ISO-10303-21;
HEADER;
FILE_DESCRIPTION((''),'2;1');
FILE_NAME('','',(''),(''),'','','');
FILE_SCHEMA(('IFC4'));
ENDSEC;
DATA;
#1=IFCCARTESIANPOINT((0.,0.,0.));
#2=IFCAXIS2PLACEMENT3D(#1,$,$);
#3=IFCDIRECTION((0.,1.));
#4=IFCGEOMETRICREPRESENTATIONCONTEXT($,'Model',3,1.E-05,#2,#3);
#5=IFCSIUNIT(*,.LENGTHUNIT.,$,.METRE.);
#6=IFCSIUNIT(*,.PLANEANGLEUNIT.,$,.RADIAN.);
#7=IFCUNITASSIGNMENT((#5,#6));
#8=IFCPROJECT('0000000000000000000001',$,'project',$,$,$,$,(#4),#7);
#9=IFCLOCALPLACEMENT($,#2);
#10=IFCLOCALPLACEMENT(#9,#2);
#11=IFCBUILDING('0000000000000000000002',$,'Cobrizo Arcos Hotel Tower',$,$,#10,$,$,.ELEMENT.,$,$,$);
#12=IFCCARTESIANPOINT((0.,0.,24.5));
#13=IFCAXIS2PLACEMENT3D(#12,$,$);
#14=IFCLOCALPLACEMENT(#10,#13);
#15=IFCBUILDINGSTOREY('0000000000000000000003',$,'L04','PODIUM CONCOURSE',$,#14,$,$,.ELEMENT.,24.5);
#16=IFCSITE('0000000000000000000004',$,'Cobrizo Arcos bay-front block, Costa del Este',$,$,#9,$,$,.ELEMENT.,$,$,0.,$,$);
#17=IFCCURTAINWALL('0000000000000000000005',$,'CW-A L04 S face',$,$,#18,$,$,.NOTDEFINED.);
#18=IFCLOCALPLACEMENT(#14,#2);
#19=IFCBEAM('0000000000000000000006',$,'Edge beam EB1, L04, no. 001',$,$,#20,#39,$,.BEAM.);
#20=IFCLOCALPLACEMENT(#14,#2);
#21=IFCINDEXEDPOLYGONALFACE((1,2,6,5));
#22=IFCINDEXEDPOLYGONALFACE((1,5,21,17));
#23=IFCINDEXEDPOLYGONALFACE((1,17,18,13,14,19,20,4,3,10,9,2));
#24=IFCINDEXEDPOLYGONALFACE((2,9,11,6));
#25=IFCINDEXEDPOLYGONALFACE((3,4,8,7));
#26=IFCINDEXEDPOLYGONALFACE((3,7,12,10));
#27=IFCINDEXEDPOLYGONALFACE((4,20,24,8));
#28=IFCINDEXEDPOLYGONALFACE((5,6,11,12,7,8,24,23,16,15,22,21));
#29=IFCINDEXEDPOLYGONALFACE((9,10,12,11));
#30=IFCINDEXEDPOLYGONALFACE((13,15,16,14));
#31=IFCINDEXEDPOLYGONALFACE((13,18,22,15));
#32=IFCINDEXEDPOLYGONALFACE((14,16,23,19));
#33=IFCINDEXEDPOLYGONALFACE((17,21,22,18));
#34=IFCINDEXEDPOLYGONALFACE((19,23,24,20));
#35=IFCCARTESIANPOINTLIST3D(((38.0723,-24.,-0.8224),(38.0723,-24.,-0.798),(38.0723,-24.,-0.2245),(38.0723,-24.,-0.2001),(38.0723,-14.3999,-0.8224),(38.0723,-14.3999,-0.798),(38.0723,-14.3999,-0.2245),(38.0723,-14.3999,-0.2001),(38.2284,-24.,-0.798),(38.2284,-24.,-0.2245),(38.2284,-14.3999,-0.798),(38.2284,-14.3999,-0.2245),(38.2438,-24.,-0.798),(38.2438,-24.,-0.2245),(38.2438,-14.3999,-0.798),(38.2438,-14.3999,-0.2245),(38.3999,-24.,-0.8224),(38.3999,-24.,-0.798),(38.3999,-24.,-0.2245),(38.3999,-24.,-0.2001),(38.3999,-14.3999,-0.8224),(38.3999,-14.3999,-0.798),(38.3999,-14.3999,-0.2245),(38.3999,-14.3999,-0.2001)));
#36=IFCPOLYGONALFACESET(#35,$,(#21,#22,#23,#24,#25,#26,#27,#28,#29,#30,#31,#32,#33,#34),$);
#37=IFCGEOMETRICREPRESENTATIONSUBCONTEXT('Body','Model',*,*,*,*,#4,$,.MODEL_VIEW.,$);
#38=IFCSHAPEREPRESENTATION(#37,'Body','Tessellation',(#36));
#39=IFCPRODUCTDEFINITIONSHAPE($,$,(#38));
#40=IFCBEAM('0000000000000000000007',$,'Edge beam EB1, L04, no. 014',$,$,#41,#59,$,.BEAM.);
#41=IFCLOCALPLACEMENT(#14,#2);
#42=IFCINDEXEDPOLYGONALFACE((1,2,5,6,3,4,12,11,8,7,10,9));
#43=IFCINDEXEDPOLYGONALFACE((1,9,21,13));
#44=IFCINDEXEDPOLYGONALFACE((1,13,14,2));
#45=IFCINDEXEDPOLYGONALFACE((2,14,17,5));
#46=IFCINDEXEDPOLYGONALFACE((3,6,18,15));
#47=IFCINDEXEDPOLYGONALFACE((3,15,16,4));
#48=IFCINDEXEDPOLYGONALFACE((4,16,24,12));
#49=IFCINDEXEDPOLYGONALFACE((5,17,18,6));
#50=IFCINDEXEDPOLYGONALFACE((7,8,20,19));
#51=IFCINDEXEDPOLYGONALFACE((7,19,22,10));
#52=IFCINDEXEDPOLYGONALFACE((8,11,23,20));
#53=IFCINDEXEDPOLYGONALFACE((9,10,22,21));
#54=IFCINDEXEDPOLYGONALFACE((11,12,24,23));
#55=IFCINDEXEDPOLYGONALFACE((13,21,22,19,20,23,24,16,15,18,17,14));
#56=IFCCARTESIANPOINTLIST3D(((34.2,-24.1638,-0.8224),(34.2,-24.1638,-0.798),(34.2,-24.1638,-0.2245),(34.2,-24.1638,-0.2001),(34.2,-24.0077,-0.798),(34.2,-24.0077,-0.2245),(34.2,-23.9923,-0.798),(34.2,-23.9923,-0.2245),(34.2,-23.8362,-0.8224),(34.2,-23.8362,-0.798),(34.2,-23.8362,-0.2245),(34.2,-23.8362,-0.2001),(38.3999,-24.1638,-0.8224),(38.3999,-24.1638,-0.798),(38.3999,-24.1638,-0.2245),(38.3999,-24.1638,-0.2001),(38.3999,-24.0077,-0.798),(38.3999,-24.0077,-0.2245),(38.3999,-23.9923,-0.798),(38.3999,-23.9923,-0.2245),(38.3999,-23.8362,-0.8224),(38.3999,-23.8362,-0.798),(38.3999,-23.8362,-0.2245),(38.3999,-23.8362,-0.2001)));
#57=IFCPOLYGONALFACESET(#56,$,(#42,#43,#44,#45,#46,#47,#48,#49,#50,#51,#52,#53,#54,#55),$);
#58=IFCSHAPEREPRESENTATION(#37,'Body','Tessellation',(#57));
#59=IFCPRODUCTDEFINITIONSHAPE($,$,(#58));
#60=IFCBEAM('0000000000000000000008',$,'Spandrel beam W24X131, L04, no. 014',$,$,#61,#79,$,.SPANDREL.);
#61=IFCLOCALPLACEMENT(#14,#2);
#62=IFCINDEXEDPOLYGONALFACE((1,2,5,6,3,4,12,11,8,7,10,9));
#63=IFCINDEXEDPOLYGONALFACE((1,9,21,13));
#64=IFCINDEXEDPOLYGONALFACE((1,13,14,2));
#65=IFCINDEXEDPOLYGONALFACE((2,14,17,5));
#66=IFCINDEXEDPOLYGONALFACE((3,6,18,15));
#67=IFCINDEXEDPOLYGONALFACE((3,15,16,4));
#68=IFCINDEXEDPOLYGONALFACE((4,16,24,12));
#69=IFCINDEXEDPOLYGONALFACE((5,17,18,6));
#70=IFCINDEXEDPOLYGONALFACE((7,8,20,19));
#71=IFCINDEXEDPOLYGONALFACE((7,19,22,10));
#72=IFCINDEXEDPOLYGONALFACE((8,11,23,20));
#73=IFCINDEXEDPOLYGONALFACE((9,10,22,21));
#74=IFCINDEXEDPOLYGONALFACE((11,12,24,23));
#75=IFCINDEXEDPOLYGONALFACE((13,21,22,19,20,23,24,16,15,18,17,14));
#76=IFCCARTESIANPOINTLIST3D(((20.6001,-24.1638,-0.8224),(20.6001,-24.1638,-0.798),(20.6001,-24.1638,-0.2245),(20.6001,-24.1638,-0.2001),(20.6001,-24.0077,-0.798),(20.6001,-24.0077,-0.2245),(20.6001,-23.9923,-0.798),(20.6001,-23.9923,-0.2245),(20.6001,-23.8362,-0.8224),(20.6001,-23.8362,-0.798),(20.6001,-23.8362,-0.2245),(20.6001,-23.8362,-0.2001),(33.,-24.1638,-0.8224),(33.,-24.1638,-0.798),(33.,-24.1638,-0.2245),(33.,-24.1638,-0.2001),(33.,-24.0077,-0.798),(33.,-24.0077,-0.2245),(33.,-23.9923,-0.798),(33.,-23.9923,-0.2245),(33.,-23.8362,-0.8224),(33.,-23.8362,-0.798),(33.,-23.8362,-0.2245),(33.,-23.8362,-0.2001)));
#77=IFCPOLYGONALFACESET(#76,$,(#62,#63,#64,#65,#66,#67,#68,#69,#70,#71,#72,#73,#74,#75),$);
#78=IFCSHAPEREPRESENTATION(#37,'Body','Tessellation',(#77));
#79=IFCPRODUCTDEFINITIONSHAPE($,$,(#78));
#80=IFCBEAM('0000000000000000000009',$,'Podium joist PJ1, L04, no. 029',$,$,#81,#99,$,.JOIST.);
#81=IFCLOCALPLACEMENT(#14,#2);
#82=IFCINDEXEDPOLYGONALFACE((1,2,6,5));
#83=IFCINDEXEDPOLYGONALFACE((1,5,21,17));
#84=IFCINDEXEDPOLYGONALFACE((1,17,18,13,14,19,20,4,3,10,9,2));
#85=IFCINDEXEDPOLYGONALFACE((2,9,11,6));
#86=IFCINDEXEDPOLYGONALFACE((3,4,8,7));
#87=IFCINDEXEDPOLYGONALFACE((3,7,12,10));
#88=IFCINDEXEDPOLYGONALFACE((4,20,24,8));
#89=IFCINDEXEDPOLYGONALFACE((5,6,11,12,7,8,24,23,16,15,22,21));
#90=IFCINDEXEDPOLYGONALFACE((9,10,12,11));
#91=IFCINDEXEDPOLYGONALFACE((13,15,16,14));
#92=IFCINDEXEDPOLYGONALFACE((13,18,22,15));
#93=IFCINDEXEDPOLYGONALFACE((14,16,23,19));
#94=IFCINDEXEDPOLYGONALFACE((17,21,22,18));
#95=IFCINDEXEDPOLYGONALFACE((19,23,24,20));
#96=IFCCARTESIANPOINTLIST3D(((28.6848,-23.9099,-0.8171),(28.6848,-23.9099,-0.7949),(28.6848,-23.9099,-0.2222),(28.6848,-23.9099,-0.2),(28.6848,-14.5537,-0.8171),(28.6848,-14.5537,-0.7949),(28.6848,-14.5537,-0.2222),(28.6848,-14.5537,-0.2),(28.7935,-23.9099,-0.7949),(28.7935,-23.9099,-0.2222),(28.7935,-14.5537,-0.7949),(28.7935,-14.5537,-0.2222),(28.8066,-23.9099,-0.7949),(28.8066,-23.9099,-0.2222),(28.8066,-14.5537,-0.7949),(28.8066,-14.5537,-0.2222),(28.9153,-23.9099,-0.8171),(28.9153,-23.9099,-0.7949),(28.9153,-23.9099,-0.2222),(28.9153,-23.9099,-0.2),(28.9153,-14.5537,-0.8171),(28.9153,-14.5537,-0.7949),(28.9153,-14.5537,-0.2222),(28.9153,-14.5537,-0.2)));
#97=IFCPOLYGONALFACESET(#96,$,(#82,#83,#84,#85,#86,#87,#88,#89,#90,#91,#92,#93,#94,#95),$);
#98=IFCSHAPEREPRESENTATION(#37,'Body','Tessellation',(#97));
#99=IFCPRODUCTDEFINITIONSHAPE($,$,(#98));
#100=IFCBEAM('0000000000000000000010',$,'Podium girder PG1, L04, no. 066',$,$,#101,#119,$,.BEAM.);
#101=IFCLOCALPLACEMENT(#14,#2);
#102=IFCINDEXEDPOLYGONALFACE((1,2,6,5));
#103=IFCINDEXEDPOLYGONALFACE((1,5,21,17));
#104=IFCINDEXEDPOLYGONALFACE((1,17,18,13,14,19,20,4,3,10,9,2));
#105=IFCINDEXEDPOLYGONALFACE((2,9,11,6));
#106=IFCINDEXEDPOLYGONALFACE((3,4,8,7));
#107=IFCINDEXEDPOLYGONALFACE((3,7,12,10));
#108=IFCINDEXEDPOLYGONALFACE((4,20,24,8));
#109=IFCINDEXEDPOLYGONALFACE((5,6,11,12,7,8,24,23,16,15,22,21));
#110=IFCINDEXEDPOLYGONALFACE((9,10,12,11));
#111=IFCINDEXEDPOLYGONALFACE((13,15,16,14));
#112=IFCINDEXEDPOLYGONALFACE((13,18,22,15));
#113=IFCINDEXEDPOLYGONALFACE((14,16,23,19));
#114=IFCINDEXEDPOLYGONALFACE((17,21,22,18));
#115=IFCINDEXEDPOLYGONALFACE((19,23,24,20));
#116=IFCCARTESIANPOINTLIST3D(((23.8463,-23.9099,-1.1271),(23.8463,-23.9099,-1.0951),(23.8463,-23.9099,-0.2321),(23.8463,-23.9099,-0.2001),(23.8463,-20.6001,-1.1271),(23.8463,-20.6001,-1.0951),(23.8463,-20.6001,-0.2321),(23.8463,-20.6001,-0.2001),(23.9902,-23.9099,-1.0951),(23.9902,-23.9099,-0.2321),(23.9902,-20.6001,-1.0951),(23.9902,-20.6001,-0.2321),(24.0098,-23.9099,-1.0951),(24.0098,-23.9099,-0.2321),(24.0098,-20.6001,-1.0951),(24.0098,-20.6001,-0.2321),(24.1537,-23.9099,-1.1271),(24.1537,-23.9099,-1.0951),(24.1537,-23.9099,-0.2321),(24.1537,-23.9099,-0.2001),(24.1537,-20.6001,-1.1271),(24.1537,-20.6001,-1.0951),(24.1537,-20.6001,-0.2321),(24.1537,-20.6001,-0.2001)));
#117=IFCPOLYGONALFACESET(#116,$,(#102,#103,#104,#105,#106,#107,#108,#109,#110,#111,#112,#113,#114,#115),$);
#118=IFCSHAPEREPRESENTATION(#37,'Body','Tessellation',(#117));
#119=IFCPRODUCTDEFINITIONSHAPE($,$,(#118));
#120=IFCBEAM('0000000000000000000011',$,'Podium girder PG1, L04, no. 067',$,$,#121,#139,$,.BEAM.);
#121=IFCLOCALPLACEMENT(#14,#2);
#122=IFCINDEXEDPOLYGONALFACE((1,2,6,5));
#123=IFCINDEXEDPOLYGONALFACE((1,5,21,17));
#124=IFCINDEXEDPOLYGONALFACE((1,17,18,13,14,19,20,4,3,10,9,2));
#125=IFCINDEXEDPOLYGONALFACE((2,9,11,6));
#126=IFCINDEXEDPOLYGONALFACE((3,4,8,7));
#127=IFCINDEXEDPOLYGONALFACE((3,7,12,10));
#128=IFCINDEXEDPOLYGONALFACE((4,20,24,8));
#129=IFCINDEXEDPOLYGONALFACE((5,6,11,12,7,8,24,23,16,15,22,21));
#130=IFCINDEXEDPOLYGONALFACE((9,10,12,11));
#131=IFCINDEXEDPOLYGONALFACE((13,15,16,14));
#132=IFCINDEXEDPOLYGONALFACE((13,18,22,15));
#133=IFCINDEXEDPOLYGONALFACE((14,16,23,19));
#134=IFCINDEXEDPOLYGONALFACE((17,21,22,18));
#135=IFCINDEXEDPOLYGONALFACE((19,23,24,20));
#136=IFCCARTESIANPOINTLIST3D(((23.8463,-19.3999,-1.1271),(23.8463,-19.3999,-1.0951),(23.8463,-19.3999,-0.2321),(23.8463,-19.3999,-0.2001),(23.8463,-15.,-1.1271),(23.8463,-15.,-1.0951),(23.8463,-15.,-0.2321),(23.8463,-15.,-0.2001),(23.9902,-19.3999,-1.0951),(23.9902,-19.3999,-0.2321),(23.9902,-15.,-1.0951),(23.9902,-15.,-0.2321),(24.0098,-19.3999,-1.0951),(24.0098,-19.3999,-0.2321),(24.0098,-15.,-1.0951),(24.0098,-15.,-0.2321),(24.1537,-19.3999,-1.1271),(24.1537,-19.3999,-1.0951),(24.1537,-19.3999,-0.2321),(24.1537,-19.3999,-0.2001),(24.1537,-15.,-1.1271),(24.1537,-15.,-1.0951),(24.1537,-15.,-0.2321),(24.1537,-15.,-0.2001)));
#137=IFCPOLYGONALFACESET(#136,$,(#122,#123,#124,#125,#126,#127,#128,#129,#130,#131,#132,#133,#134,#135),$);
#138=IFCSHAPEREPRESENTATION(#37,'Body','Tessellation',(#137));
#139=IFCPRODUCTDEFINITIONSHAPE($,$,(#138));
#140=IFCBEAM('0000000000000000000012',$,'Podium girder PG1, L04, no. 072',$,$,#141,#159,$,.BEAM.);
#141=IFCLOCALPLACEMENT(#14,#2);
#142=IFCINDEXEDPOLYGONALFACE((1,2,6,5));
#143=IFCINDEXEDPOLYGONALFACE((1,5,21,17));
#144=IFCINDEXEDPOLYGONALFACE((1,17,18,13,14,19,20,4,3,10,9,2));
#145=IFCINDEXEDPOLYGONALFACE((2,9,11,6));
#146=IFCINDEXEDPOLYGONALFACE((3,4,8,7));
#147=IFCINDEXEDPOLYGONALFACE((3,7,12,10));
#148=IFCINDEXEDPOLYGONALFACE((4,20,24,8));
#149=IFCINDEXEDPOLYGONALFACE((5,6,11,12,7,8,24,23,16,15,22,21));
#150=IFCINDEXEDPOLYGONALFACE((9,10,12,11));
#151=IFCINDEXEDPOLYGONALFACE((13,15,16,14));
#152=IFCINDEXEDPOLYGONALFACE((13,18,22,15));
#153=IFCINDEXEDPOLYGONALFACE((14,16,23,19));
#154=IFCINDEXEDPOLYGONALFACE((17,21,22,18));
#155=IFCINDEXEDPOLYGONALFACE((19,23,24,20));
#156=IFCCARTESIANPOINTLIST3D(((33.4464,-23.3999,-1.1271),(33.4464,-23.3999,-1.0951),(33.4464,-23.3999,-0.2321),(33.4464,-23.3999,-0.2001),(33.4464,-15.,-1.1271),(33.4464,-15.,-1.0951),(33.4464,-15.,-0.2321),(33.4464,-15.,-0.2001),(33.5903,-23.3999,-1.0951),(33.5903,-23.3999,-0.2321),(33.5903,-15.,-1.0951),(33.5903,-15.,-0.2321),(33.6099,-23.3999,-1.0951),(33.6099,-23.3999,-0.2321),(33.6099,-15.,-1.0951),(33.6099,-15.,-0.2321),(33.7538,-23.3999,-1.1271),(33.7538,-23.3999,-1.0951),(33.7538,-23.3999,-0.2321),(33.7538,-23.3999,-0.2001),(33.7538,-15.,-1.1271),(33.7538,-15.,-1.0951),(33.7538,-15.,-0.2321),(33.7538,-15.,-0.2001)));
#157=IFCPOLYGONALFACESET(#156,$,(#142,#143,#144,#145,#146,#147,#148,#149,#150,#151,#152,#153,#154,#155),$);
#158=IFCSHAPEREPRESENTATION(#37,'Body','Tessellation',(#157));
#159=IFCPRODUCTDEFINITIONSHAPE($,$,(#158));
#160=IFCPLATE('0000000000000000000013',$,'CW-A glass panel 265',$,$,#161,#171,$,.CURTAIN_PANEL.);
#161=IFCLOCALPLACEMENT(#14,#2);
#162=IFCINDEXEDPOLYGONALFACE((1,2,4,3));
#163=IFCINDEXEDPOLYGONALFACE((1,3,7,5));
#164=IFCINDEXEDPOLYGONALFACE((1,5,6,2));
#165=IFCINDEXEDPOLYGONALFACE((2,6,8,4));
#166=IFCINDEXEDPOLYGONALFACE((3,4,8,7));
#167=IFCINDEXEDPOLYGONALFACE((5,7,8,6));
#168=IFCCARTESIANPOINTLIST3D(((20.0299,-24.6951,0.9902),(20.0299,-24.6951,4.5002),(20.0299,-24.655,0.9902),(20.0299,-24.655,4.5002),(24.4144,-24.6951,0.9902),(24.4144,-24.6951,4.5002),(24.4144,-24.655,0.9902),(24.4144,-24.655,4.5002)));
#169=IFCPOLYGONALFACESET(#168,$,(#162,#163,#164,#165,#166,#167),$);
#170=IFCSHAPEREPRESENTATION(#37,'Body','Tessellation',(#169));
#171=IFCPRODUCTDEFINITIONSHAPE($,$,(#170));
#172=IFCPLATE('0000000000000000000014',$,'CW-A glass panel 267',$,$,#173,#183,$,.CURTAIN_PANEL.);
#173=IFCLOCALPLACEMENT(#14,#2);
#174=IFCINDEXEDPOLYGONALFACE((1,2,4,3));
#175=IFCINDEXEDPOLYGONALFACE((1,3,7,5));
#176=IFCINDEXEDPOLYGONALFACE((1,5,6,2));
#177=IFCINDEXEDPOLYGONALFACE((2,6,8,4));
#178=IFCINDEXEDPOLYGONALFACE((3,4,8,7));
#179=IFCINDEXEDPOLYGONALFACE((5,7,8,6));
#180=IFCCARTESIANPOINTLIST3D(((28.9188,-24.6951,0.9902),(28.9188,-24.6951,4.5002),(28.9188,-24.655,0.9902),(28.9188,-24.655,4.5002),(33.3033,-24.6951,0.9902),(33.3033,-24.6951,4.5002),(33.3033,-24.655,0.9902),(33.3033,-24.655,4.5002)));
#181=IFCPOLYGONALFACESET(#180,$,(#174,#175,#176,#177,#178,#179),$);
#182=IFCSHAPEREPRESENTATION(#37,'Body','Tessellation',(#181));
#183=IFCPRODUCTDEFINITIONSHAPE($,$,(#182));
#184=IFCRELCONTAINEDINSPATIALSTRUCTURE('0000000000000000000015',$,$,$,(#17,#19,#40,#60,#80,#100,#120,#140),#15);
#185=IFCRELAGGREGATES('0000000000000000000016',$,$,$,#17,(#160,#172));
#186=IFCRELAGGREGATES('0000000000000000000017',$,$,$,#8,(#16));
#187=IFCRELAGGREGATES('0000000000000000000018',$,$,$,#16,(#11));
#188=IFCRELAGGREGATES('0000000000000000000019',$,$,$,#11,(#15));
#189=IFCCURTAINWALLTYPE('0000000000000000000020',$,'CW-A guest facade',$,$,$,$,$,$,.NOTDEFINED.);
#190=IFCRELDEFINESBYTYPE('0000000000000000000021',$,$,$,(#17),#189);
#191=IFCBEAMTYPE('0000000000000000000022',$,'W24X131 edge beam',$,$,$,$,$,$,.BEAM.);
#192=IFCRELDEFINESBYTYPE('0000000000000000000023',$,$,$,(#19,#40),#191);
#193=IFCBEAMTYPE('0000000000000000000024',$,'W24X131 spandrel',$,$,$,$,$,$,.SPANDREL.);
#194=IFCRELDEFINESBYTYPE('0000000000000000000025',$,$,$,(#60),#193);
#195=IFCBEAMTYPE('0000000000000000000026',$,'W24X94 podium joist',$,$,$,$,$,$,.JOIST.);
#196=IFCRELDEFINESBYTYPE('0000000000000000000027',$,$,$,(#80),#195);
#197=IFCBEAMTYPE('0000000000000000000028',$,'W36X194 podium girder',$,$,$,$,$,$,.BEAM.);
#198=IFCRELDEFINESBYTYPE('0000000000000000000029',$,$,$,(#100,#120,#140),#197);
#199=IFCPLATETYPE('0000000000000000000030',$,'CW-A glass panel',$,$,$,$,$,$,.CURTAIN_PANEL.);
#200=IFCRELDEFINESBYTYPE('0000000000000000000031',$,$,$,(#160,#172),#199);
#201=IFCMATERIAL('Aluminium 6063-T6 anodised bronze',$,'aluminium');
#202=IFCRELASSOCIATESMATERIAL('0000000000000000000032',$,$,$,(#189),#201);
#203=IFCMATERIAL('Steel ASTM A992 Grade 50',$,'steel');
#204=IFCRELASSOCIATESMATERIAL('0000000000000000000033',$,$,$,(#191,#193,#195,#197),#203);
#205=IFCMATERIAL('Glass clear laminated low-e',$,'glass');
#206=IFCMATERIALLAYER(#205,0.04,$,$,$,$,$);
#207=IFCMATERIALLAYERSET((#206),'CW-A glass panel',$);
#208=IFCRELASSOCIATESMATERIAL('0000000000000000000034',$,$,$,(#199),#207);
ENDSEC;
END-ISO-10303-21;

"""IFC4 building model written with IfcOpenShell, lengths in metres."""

from ifc_helpers import new_model, si_unit, direction, frame, origin, origin_2d, place, context, subcontext, project, spatial, rectangle, i_section, extrude, material, layer, layer_set, material_profile, profile_set, type_object, element, aggregate, save


model = new_model("IFC4")

# Units and contexts
model_context = context("Model", 3, precision=1e-05, world=origin(), true_north=direction((0.0, 1.0)))
body_context = subcontext(model_context, "Body", "Model", "MODEL_VIEW")
ifc_project = project(units=[si_unit("LENGTHUNIT", "METRE"), si_unit("PLANEANGLEUNIT", "RADIAN")], contexts=[model_context])

# Site, building, storey
site_placement = place(None, origin())
site = spatial("IfcSite", under=ifc_project, at=site_placement, Name="Cobrizo Arcos bay-front block, Costa del Este", CompositionType="ELEMENT", RefElevation=0.0)
building_placement = place(site_placement, origin())
building = spatial("IfcBuilding", under=site, at=building_placement, Name="Cobrizo Arcos Hotel Tower", CompositionType="ELEMENT")
storey_placement = place(building_placement, frame((0.0, 0.0, 24.5)))
storey = spatial("IfcBuildingStorey", under=building, at=storey_placement, Name="L04", Description="PODIUM CONCOURSE", CompositionType="ELEMENT", Elevation=24.5)

# Curtain wall
ifc_material_1 = material(Name="Aluminium 6063-T6 anodised bronze", Category="aluminium")
curtain_wall_type_1 = type_object("IfcCurtainWallType", Name="CW-A guest facade", PredefinedType="NOTDEFINED", material=ifc_material_1)
curtain_wall_1_placement = place(storey_placement, origin())
curtain_wall_1 = element("IfcCurtainWall", 1, at=curtain_wall_1_placement, inside=storey, type_object=curtain_wall_type_1, Name="CW-A L04 S face", PredefinedType="NOTDEFINED")

# Beams
ifc_material_2 = material(Name="Steel ASTM A992 Grade 50", Category="steel")
ifc_material_profile_1 = material_profile(ifc_material_2, i_section(OverallWidth=0.3276, OverallDepth=0.6223, WebThickness=0.0154, FlangeThickness=0.0244, at=origin_2d()), Name="W24X131")
ifc_profile_set_1 = profile_set([ifc_material_profile_1], Name="Steel ASTM A992 Grade 50")
beam_type_1 = type_object("IfcBeamType", Name="W24X131 edge beam", PredefinedType="BEAM", material=ifc_profile_set_1)
beam_1_placement = place(storey_placement, frame((38.2361, -24.0, -0.5112), z_axis=(0.0, 1.0, 0.0), x_axis=(-1.0, 0.0, 0.0)))
element("IfcBeam", 2, at=beam_1_placement, inside=storey, type_object=beam_type_1, Name="Edge beam EB1, L04, no. 001", PredefinedType="BEAM", context=body_context, shape_type="SweptSolid", body=[
    extrude(i_section(OverallWidth=0.3276, OverallDepth=0.6223, WebThickness=0.0154, FlangeThickness=0.0244, at=origin_2d()), origin(), (0.0, 0.0, 1.0), 9.6001),
])
beam_2_placement = place(storey_placement, frame((34.2, -24.0, -0.5112), z_axis=(1.0, 0.0, 0.0), x_axis=(0.0, 1.0, 0.0)))
element("IfcBeam", 3, at=beam_2_placement, inside=storey, type_object=beam_type_1, Name="Edge beam EB1, L04, no. 014", PredefinedType="BEAM", context=body_context, shape_type="SweptSolid", body=[
    extrude(i_section(OverallWidth=0.3276, OverallDepth=0.6223, WebThickness=0.0154, FlangeThickness=0.0244, at=origin_2d()), origin(), (0.0, 0.0, 1.0), 4.2),
])
ifc_material_profile_2 = material_profile(ifc_material_2, i_section(OverallWidth=0.3276, OverallDepth=0.6223, WebThickness=0.0154, FlangeThickness=0.0244, at=origin_2d()), Name="W24X131")
ifc_profile_set_2 = profile_set([ifc_material_profile_2], Name="Steel ASTM A992 Grade 50")
beam_type_2 = type_object("IfcBeamType", Name="W24X131 spandrel", PredefinedType="SPANDREL", material=ifc_profile_set_2)
beam_3_placement = place(storey_placement, frame((20.6001, -24.0, -0.5112), z_axis=(1.0, 0.0, 0.0), x_axis=(0.0, 1.0, 0.0)))
element("IfcBeam", 4, at=beam_3_placement, inside=storey, type_object=beam_type_2, Name="Spandrel beam W24X131, L04, no. 014", PredefinedType="SPANDREL", context=body_context, shape_type="SweptSolid", body=[
    extrude(i_section(OverallWidth=0.3276, OverallDepth=0.6223, WebThickness=0.0154, FlangeThickness=0.0244, at=origin_2d()), origin(), (0.0, 0.0, 1.0), 12.3999),
])
ifc_material_profile_3 = material_profile(ifc_material_2, i_section(OverallWidth=0.2305, OverallDepth=0.6172, WebThickness=0.0132, FlangeThickness=0.0222, at=origin_2d()), Name="W24X94")
ifc_profile_set_3 = profile_set([ifc_material_profile_3], Name="Steel ASTM A992 Grade 50")
beam_type_3 = type_object("IfcBeamType", Name="W24X94 podium joist", PredefinedType="JOIST", material=ifc_profile_set_3)
beam_4_placement = place(storey_placement, frame((28.8, -23.9099, -0.5085), z_axis=(0.0, 1.0, 0.0), x_axis=(-1.0, 0.0, 0.0)))
element("IfcBeam", 5, at=beam_4_placement, inside=storey, type_object=beam_type_3, Name="Podium joist PJ1, L04, no. 029", PredefinedType="JOIST", context=body_context, shape_type="SweptSolid", body=[
    extrude(i_section(OverallWidth=0.2305, OverallDepth=0.6172, WebThickness=0.0132, FlangeThickness=0.0222, at=origin_2d()), origin(), (0.0, 0.0, 1.0), 9.3562),
])
ifc_material_profile_4 = material_profile(ifc_material_2, i_section(OverallWidth=0.3074, OverallDepth=0.927, WebThickness=0.0195, FlangeThickness=0.032, at=origin_2d()), Name="W36X194")
ifc_profile_set_4 = profile_set([ifc_material_profile_4], Name="Steel ASTM A992 Grade 50")
beam_type_4 = type_object("IfcBeamType", Name="W36X194 podium girder", PredefinedType="BEAM", material=ifc_profile_set_4)
beam_5_placement = place(storey_placement, frame((24.0, -23.9099, -0.6636), z_axis=(0.0, 1.0, 0.0), x_axis=(-1.0, 0.0, 0.0)))
element("IfcBeam", 6, at=beam_5_placement, inside=storey, type_object=beam_type_4, Name="Podium girder PG1, L04, no. 066", PredefinedType="BEAM", context=body_context, shape_type="SweptSolid", body=[
    extrude(i_section(OverallWidth=0.3074, OverallDepth=0.927, WebThickness=0.0195, FlangeThickness=0.032, at=origin_2d()), origin(), (0.0, 0.0, 1.0), 3.3098),
])
beam_6_placement = place(storey_placement, frame((24.0, -19.3999, -0.6636), z_axis=(0.0, 1.0, 0.0), x_axis=(-1.0, 0.0, 0.0)))
element("IfcBeam", 7, at=beam_6_placement, inside=storey, type_object=beam_type_4, Name="Podium girder PG1, L04, no. 067", PredefinedType="BEAM", context=body_context, shape_type="SweptSolid", body=[
    extrude(i_section(OverallWidth=0.3074, OverallDepth=0.927, WebThickness=0.0195, FlangeThickness=0.032, at=origin_2d()), origin(), (0.0, 0.0, 1.0), 4.3999),
])
beam_7_placement = place(storey_placement, frame((33.6001, -23.3999, -0.6636), z_axis=(0.0, 1.0, 0.0), x_axis=(-1.0, 0.0, 0.0)))
element("IfcBeam", 8, at=beam_7_placement, inside=storey, type_object=beam_type_4, Name="Podium girder PG1, L04, no. 072", PredefinedType="BEAM", context=body_context, shape_type="SweptSolid", body=[
    extrude(i_section(OverallWidth=0.3074, OverallDepth=0.927, WebThickness=0.0195, FlangeThickness=0.032, at=origin_2d()), origin(), (0.0, 0.0, 1.0), 8.3999),
])

# Plates
ifc_material_3 = material(Name="Glass clear laminated low-e", Category="glass")
ifc_layer_1 = layer(ifc_material_3, 0.04)
ifc_layer_set_1 = layer_set([ifc_layer_1], Name="CW-A glass panel")
plate_type_1 = type_object("IfcPlateType", Name="CW-A glass panel", PredefinedType="CURTAIN_PANEL", material=ifc_layer_set_1)
plate_1_placement = place(storey_placement, frame((22.2222, -24.675, 0.9902), z_axis=(0.0, 0.0, 1.0), x_axis=(1.0, 0.0, 0.0)))
plate_1 = element("IfcPlate", 9, at=plate_1_placement, type_object=plate_type_1, Name="CW-A glass panel 265", PredefinedType="CURTAIN_PANEL", context=body_context, shape_type="SweptSolid", body=[
    extrude(rectangle(XDim=4.3845, YDim=0.04, at=origin_2d()), origin(), (0.0, 0.0, 1.0), 3.51),
])
plate_2_placement = place(storey_placement, frame((31.1111, -24.675, 0.9902), z_axis=(0.0, 0.0, 1.0), x_axis=(1.0, 0.0, 0.0)))
plate_2 = element("IfcPlate", 10, at=plate_2_placement, type_object=plate_type_1, Name="CW-A glass panel 267", PredefinedType="CURTAIN_PANEL", context=body_context, shape_type="SweptSolid", body=[
    extrude(rectangle(XDim=4.3845, YDim=0.04, at=origin_2d()), origin(), (0.0, 0.0, 1.0), 3.51),
])
aggregate(curtain_wall_1, [plate_1, plate_2])

save(model, "model.ifc")
